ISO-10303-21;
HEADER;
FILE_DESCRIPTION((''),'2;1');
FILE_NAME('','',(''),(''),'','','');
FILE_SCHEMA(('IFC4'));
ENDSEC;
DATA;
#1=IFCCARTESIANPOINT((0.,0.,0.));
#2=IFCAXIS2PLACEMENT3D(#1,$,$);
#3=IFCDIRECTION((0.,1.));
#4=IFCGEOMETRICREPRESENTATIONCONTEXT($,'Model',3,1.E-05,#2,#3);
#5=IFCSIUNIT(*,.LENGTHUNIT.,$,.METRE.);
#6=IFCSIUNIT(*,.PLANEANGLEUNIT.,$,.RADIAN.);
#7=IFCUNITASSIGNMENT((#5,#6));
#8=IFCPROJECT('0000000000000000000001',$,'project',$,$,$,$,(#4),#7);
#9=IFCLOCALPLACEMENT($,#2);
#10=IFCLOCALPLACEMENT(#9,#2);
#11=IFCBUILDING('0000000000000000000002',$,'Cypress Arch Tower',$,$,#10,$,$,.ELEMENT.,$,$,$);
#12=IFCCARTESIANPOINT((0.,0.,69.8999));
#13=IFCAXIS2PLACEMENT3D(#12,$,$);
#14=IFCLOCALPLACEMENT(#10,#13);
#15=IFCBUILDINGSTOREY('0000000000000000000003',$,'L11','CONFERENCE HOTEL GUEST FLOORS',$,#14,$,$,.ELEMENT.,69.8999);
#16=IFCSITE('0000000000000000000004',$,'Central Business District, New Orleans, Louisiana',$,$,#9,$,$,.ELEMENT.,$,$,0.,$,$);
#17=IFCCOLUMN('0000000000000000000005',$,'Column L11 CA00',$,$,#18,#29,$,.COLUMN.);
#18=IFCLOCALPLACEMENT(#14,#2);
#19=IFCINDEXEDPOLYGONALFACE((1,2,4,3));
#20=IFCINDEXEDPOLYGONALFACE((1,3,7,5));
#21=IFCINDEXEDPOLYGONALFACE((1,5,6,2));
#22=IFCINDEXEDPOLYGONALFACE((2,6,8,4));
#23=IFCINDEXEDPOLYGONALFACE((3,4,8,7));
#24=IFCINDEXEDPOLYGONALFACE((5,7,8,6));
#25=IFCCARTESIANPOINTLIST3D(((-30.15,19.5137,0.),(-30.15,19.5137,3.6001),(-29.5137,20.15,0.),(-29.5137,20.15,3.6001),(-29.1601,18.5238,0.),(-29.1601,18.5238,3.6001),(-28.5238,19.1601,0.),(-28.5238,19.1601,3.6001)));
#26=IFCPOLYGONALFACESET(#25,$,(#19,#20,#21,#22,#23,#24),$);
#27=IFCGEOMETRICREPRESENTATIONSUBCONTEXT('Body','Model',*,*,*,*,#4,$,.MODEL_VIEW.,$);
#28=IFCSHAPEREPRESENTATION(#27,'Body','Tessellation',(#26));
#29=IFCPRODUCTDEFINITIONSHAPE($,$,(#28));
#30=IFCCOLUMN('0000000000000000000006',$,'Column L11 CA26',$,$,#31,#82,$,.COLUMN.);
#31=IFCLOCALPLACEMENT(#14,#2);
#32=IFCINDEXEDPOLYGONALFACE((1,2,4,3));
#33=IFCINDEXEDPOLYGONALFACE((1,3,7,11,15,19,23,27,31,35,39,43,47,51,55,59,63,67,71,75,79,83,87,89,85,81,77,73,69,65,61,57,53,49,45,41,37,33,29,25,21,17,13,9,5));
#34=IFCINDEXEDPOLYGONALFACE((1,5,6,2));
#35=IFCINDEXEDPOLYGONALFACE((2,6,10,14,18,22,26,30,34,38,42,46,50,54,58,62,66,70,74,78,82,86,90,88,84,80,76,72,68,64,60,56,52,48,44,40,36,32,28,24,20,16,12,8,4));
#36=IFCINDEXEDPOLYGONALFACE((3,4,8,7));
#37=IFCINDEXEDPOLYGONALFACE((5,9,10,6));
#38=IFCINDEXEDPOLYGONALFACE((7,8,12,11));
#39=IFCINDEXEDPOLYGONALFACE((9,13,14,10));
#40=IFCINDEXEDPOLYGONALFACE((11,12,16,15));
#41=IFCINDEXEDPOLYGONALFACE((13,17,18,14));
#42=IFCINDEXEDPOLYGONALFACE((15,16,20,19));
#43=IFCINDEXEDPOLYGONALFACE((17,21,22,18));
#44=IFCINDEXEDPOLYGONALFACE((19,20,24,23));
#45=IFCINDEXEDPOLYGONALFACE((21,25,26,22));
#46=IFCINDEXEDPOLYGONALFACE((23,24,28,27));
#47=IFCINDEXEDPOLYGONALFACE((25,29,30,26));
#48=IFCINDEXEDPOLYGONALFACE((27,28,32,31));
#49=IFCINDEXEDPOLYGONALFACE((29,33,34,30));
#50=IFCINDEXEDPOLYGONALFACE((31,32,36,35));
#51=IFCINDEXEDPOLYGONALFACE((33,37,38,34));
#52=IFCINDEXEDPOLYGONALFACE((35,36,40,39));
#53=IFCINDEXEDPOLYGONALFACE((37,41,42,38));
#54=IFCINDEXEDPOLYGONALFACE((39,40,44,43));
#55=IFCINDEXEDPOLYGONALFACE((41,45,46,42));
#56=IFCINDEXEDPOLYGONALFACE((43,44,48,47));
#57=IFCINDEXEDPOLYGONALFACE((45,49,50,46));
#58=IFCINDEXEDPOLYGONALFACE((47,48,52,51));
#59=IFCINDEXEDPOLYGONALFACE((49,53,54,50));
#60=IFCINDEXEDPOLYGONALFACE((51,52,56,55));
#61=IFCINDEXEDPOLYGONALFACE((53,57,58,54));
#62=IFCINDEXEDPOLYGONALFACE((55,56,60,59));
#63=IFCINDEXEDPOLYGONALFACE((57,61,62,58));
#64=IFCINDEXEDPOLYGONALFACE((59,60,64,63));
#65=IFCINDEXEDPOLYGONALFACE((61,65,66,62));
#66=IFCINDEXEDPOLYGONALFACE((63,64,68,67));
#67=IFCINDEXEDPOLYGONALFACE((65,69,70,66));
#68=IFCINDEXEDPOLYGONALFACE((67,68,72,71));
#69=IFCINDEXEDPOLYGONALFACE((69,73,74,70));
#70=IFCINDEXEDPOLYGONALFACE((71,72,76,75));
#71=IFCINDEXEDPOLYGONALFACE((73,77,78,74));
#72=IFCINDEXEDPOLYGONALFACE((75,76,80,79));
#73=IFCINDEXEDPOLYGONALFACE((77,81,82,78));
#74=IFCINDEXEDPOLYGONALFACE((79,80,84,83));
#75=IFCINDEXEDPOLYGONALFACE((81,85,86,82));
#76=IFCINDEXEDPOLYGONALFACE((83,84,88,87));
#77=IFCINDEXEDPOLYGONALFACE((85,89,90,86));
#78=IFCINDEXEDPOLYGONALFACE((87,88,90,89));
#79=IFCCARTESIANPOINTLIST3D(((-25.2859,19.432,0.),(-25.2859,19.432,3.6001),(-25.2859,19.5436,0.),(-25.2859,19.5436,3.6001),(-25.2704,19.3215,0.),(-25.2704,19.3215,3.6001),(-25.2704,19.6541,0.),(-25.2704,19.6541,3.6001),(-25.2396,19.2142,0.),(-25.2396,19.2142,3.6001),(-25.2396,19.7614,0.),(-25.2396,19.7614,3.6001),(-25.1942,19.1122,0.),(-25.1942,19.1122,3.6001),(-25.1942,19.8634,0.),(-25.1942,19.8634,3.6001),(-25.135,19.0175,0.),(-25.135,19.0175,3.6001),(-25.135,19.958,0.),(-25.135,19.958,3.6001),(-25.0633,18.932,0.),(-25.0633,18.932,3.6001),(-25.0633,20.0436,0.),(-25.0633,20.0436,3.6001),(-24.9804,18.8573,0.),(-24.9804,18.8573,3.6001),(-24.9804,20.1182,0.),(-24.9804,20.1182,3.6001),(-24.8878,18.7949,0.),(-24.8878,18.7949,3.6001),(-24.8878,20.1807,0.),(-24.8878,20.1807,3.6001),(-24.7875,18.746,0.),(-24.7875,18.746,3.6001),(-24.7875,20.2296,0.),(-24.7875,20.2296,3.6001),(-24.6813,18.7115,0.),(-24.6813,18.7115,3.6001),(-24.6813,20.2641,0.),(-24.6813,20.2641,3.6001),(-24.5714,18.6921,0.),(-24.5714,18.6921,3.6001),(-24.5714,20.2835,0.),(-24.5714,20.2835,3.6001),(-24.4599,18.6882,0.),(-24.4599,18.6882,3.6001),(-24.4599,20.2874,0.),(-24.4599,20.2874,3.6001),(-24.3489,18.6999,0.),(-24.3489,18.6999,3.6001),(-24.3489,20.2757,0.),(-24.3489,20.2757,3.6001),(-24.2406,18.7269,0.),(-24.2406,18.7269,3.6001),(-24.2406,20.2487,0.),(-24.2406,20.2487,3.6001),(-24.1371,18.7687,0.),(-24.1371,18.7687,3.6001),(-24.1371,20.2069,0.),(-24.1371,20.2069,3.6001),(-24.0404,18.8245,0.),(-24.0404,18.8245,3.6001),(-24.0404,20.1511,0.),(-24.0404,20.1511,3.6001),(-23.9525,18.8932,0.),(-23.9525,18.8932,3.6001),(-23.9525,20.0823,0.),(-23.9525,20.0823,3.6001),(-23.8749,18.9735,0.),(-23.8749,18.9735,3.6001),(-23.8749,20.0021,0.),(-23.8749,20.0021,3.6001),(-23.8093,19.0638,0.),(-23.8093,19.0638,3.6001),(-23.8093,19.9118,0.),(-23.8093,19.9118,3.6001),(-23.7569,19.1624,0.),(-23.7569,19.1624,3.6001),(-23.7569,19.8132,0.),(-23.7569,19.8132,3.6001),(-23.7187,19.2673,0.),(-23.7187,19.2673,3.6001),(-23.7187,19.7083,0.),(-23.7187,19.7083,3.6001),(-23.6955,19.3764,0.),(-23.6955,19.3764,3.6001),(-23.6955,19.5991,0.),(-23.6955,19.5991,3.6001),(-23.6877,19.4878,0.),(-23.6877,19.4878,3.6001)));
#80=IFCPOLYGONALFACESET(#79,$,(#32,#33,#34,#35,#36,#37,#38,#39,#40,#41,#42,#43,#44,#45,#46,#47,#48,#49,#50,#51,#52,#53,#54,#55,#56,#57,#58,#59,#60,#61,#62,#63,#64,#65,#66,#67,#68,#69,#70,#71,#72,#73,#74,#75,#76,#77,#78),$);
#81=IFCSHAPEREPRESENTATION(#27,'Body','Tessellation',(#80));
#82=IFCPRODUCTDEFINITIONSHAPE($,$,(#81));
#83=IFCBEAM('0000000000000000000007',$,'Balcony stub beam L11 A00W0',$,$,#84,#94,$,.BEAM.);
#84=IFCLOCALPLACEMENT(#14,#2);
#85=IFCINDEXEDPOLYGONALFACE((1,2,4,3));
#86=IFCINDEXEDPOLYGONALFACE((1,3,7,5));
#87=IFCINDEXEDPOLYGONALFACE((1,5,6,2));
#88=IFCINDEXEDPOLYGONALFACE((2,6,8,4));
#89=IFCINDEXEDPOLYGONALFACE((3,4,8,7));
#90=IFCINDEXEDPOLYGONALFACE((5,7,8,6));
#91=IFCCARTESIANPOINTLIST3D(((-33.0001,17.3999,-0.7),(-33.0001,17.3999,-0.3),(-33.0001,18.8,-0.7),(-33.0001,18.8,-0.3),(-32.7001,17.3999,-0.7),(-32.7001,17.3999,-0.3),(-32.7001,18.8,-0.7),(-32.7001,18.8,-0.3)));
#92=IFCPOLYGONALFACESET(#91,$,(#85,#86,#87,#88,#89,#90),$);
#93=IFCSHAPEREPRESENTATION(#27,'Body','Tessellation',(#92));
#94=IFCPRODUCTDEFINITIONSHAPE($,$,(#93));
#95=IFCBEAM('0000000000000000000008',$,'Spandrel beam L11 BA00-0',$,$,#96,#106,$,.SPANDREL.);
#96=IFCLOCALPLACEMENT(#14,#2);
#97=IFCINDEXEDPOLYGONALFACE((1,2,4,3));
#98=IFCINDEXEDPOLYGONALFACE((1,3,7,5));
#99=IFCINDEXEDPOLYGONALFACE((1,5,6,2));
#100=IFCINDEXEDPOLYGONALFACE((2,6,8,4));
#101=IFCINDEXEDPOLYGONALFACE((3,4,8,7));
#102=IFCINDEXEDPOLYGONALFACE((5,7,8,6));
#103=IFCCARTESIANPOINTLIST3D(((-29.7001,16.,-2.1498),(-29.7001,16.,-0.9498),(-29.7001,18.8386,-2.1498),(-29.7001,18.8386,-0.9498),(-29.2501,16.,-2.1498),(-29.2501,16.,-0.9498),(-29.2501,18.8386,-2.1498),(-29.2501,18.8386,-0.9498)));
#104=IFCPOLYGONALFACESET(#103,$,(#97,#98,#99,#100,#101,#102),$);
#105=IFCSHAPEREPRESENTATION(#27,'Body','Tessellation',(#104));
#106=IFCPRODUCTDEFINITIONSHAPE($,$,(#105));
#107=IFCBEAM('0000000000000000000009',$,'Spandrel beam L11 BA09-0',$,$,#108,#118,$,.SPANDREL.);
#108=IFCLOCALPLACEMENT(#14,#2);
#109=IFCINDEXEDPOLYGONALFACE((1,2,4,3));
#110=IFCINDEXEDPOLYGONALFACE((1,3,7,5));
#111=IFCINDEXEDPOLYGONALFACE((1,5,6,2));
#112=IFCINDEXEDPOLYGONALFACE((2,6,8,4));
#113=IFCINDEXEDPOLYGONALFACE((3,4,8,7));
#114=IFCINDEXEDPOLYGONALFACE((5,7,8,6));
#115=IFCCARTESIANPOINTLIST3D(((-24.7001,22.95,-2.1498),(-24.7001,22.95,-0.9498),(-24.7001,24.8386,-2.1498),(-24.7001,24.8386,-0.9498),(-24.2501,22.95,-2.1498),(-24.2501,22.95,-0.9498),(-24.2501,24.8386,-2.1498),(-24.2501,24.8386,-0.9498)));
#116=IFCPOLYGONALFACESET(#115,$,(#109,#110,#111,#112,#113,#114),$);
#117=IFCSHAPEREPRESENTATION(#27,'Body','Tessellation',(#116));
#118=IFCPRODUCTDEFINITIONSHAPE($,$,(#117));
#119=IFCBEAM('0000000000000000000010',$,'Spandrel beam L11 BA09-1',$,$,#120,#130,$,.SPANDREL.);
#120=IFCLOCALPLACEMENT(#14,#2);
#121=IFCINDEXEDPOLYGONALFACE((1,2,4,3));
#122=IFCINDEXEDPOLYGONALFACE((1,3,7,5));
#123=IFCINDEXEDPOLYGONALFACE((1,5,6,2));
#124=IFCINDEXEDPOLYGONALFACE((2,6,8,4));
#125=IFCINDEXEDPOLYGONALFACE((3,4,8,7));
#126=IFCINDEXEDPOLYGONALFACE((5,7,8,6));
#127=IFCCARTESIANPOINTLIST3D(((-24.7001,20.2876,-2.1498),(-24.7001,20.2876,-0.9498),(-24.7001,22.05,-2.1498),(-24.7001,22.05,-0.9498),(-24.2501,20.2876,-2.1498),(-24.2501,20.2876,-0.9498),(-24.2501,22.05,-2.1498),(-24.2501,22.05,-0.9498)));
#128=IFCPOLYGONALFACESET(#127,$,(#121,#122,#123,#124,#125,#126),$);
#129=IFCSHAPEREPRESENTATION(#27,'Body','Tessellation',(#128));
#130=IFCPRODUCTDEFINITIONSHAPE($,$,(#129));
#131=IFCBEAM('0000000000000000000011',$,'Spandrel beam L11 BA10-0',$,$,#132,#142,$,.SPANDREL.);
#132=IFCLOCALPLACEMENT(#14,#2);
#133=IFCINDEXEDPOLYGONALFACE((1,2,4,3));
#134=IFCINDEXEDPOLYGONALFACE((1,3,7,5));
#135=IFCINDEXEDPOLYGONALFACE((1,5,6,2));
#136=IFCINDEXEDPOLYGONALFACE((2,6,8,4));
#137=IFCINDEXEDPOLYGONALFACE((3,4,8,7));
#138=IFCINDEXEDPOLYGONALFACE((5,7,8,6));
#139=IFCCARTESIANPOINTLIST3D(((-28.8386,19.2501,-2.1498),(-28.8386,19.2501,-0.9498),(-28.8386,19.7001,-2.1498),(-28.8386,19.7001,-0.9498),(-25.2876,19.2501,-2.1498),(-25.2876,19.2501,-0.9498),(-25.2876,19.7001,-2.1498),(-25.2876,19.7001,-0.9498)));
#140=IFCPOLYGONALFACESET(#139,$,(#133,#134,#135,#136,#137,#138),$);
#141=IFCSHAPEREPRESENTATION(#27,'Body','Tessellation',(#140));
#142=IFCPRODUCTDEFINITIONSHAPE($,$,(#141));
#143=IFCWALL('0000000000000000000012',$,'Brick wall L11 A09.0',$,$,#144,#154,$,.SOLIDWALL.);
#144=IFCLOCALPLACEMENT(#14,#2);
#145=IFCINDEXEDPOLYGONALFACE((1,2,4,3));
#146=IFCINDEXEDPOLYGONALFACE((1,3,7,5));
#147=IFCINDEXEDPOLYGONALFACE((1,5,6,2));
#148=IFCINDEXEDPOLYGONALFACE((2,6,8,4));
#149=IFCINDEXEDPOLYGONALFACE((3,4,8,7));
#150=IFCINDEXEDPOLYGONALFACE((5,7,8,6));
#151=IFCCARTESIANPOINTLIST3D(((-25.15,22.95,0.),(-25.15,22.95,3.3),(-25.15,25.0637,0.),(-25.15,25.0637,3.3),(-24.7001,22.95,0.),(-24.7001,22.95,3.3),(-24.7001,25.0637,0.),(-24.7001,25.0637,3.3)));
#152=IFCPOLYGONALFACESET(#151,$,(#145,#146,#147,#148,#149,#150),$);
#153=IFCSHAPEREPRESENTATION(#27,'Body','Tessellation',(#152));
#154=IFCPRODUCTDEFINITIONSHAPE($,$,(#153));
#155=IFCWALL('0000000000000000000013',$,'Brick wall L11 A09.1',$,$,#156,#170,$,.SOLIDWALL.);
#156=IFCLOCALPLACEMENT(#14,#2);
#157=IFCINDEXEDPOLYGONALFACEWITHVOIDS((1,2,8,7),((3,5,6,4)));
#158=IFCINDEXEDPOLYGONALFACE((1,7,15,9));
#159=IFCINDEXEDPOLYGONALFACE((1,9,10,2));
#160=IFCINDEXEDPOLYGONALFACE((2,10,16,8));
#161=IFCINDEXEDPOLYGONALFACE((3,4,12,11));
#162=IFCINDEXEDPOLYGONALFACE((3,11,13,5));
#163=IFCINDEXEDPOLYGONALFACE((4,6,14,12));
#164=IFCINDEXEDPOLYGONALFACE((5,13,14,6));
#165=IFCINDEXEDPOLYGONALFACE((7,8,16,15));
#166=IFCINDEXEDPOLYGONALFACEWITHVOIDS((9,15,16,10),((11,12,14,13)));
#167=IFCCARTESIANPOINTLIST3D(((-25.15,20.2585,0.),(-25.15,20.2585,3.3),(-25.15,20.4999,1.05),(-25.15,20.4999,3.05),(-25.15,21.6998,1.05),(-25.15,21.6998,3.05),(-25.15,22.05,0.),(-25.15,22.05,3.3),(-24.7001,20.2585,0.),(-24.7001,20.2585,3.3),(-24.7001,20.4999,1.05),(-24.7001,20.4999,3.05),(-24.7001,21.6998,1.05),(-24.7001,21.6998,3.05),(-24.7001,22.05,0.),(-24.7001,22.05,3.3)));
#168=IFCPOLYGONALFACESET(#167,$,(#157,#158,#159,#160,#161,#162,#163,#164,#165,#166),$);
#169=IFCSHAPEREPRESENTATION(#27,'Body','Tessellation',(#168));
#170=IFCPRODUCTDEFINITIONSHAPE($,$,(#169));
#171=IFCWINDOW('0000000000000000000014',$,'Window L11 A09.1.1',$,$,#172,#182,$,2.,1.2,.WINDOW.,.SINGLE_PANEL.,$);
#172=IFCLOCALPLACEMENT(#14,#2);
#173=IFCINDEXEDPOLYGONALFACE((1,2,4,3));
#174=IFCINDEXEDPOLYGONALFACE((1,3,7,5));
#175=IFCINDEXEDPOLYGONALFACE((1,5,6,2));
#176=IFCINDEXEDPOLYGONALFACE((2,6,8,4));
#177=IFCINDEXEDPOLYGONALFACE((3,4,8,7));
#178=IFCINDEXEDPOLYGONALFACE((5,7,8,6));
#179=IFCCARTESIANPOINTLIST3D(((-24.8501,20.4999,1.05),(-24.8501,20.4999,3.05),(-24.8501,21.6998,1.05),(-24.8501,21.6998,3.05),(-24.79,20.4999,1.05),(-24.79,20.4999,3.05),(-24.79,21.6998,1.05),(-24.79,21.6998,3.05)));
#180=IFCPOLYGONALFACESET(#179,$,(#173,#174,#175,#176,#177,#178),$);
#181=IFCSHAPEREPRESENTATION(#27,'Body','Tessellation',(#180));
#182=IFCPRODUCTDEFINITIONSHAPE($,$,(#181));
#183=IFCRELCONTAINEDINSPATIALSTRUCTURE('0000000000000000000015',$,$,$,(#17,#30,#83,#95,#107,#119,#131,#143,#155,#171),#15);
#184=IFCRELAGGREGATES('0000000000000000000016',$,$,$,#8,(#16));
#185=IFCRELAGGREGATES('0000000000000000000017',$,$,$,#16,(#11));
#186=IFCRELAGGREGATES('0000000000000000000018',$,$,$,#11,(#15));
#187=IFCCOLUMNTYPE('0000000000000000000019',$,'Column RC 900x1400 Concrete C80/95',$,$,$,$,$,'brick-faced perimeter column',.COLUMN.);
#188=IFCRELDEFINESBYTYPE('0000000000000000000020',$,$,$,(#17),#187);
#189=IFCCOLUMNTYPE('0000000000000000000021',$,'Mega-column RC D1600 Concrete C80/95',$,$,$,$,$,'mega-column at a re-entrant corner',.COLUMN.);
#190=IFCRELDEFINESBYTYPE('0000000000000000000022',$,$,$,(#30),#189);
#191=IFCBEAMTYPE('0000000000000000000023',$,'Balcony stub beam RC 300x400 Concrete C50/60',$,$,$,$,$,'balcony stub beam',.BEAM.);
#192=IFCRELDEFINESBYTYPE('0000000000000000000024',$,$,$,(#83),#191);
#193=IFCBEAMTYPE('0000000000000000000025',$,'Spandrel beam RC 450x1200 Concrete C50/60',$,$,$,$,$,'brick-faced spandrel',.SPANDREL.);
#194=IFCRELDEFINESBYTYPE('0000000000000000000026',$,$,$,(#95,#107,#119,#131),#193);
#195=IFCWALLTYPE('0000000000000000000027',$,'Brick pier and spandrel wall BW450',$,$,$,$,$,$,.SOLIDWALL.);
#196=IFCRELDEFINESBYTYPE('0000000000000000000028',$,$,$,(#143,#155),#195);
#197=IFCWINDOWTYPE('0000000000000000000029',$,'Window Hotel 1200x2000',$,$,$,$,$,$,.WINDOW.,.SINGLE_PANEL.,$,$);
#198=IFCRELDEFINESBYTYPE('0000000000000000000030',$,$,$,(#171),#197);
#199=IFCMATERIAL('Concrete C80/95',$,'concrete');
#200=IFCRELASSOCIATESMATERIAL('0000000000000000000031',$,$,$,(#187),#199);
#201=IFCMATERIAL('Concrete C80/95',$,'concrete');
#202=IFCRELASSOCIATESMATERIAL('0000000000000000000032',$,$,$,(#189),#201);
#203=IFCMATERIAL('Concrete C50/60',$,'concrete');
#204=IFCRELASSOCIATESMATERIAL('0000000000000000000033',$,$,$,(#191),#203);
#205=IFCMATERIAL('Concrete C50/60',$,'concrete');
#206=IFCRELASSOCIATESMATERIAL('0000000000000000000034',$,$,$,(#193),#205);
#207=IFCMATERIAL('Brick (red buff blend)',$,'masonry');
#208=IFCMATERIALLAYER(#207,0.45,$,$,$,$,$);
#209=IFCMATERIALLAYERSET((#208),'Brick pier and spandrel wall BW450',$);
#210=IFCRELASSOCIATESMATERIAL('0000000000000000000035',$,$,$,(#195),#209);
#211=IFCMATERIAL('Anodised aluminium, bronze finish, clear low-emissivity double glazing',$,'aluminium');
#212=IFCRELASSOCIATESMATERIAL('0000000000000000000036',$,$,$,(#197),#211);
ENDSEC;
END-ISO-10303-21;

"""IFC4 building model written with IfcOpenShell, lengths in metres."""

from ifc_helpers import new_model, si_unit, direction, frame, frame_2d, origin, origin_2d, place, context, subcontext, project, spatial, rectangle, circle, extrude, material, layer, layer_set, material_profile, profile_set, type_object, element, fill, save


model = new_model("IFC4")

# Units and contexts
model_context = context("Model", 3, precision=1e-05, world=origin(), true_north=direction((0.0, 1.0)))
body_context = subcontext(model_context, "Body", "Model", "MODEL_VIEW")
ifc_project = project(units=[si_unit("LENGTHUNIT", "METRE"), si_unit("PLANEANGLEUNIT", "RADIAN")], contexts=[model_context])

# Site, building, storey
site_placement = place(None, origin())
site = spatial("IfcSite", under=ifc_project, at=site_placement, Name="Central Business District, New Orleans, Louisiana", CompositionType="ELEMENT", RefElevation=0.0)
building_placement = place(site_placement, origin())
building = spatial("IfcBuilding", under=site, at=building_placement, Name="Cypress Arch Tower", CompositionType="ELEMENT")
storey_placement = place(building_placement, frame((0.0, 0.0, 69.8999)))
storey = spatial("IfcBuildingStorey", under=building, at=storey_placement, Name="L11", Description="CONFERENCE HOTEL GUEST FLOORS", CompositionType="ELEMENT", Elevation=69.8999)

# Columns
ifc_material_1 = material(Name="Concrete C80/95", Category="concrete")
ifc_material_profile_1 = material_profile(ifc_material_1, rectangle(XDim=0.8999, YDim=1.3999, at=origin_2d()), Name="RC 900x1400")
ifc_profile_set_1 = profile_set([ifc_material_profile_1], Name="Concrete C80/95")
column_type_1 = type_object("IfcColumnType", Name="Column RC 900x1400 Concrete C80/95", ElementType="brick-faced perimeter column", PredefinedType="COLUMN", material=ifc_profile_set_1)
column_1_placement = place(storey_placement, frame((-29.3369, 19.3369, 0.0), z_axis=(0.0, 0.0, 1.0), x_axis=(-0.707107, -0.707107, 0.0)))
element("IfcColumn", 1, at=column_1_placement, inside=storey, type_object=column_type_1, Name="Column L11 CA00", PredefinedType="COLUMN", context=body_context, shape_type="SweptSolid", body=[
    extrude(rectangle(XDim=0.8999, YDim=1.3999, at=origin_2d()), origin(), (0.0, 0.0, 1.0), 3.6001),
])
ifc_material_2 = material(Name="Concrete C80/95", Category="concrete")
ifc_material_profile_2 = material_profile(ifc_material_2, circle(Radius=0.8, at=origin_2d()), Name="RC D1600")
ifc_profile_set_2 = profile_set([ifc_material_profile_2], Name="Concrete C80/95")
column_type_2 = type_object("IfcColumnType", Name="Mega-column RC D1600 Concrete C80/95", ElementType="mega-column at a re-entrant corner", PredefinedType="COLUMN", material=ifc_profile_set_2)
column_2_placement = place(storey_placement, frame((-24.4878, 19.4878, 0.0), z_axis=(0.0, 0.0, 1.0), x_axis=(1.0, 0.0, 0.0)))
element("IfcColumn", 2, at=column_2_placement, inside=storey, type_object=column_type_2, Name="Column L11 CA26", PredefinedType="COLUMN", context=body_context, shape_type="SweptSolid", body=[
    extrude(circle(Radius=0.8, at=origin_2d()), origin(), (0.0, 0.0, 1.0), 3.6001),
])

# Beams
ifc_material_3 = material(Name="Concrete C50/60", Category="concrete")
ifc_material_profile_3 = material_profile(ifc_material_3, rectangle(XDim=0.3, YDim=0.3999, at=origin_2d()), Name="RC 300x400")
ifc_profile_set_3 = profile_set([ifc_material_profile_3], Name="Concrete C50/60")
beam_type_1 = type_object("IfcBeamType", Name="Balcony stub beam RC 300x400 Concrete C50/60", ElementType="balcony stub beam", PredefinedType="BEAM", material=ifc_profile_set_3)
beam_1_placement = place(storey_placement, frame((-32.8501, 18.8, -0.5), z_axis=(0.0, -1.0, 0.0), x_axis=(1.0, 0.0, 0.0)))
element("IfcBeam", 3, at=beam_1_placement, inside=storey, type_object=beam_type_1, Name="Balcony stub beam L11 A00W0", PredefinedType="BEAM", context=body_context, shape_type="SweptSolid", body=[
    extrude(rectangle(XDim=0.3, YDim=0.3999, at=origin_2d()), origin(), (0.0, 0.0, 1.0), 1.4001),
])
ifc_material_4 = material(Name="Concrete C50/60", Category="concrete")
ifc_material_profile_4 = material_profile(ifc_material_4, rectangle(XDim=0.45, YDim=1.2, at=origin_2d()), Name="RC 450x1200")
ifc_profile_set_4 = profile_set([ifc_material_profile_4], Name="Concrete C50/60")
beam_type_2 = type_object("IfcBeamType", Name="Spandrel beam RC 450x1200 Concrete C50/60", ElementType="brick-faced spandrel", PredefinedType="SPANDREL", material=ifc_profile_set_4)
beam_2_placement = place(storey_placement, frame((-29.4751, 18.8386, -1.5498), z_axis=(0.0, -1.0, 0.0), x_axis=(1.0, 0.0, 0.0)))
element("IfcBeam", 4, at=beam_2_placement, inside=storey, type_object=beam_type_2, Name="Spandrel beam L11 BA00-0", PredefinedType="SPANDREL", context=body_context, shape_type="SweptSolid", body=[
    extrude(rectangle(XDim=0.45, YDim=1.2, at=origin_2d()), origin(), (0.0, 0.0, 1.0), 2.8386),
])
beam_3_placement = place(storey_placement, frame((-24.4751, 24.8386, -1.5498), z_axis=(0.0, -1.0, 0.0), x_axis=(1.0, 0.0, 0.0)))
element("IfcBeam", 5, at=beam_3_placement, inside=storey, type_object=beam_type_2, Name="Spandrel beam L11 BA09-0", PredefinedType="SPANDREL", context=body_context, shape_type="SweptSolid", body=[
    extrude(rectangle(XDim=0.45, YDim=1.2, at=origin_2d()), origin(), (0.0, 0.0, 1.0), 1.8887),
])
beam_4_placement = place(storey_placement, frame((-24.4751, 22.05, -1.5498), z_axis=(0.0, -1.0, 0.0), x_axis=(1.0, 0.0, 0.0)))
element("IfcBeam", 6, at=beam_4_placement, inside=storey, type_object=beam_type_2, Name="Spandrel beam L11 BA09-1", PredefinedType="SPANDREL", context=body_context, shape_type="SweptSolid", body=[
    extrude(rectangle(XDim=0.45, YDim=1.2, at=origin_2d()), origin(), (0.0, 0.0, 1.0), 1.7625),
])
beam_5_placement = place(storey_placement, frame((-25.2876, 19.4751, -1.5498), z_axis=(-1.0, 0.0, 0.0), x_axis=(0.0, -1.0, 0.0)))
element("IfcBeam", 7, at=beam_5_placement, inside=storey, type_object=beam_type_2, Name="Spandrel beam L11 BA10-0", PredefinedType="SPANDREL", context=body_context, shape_type="SweptSolid", body=[
    extrude(rectangle(XDim=0.45, YDim=1.2, at=origin_2d()), origin(), (0.0, 0.0, 1.0), 3.551),
])

# Shared definitions
ifc_material_5 = material(Name="Brick (red buff blend)", Category="masonry")
ifc_layer = layer(ifc_material_5, 0.45)
ifc_layer_set = layer_set([ifc_layer], Name="Brick pier and spandrel wall BW450")
wall_type = type_object("IfcWallType", Name="Brick pier and spandrel wall BW450", PredefinedType="SOLIDWALL", material=ifc_layer_set)

# Wall
wall_1_placement = place(storey_placement, frame((-24.925, 25.0637, 0.0), z_axis=(0.0, 0.0, 1.0), x_axis=(0.0, -1.0, 0.0)))
element("IfcWall", 8, at=wall_1_placement, inside=storey, type_object=wall_type, Name="Brick wall L11 A09.0", PredefinedType="SOLIDWALL", context=body_context, shape_type="SweptSolid", body=[
    extrude(rectangle(XDim=2.1138, YDim=0.45, at=frame_2d((1.0569, 0.0))), origin(), (0.0, 0.0, 1.0), 3.3),
])

# Wall, opening, window
wall_2_placement = place(storey_placement, frame((-24.925, 22.05, 0.0), z_axis=(0.0, 0.0, 1.0), x_axis=(0.0, -1.0, 0.0)))
wall_2 = element("IfcWall", 9, at=wall_2_placement, inside=storey, type_object=wall_type, Name="Brick wall L11 A09.1", PredefinedType="SOLIDWALL", context=body_context, shape_type="SweptSolid", body=[
    extrude(rectangle(XDim=1.7915, YDim=0.45, at=frame_2d((0.8958, 0.0))), origin(), (0.0, 0.0, 1.0), 3.3),
])
opening_1_placement = place(wall_2_placement, frame((0.3501, 0.0, 1.05)))
opening_1 = element("IfcOpeningElement", 10, at=opening_1_placement, cuts=wall_2, PredefinedType="OPENING", context=body_context, shape_type="SweptSolid", body=[
    extrude(rectangle(XDim=1.2, YDim=2.0, at=frame_2d((0.6001, 1.0))), frame((0.0, 0.2349, 0.0), z_axis=(0.0, -1.0, 0.0), x_axis=(1.0, 0.0, 0.0)), (0.0, 0.0, 1.0), 0.47),
])
ifc_material_6 = material(Name="Anodised aluminium, bronze finish, clear low-emissivity double glazing", Category="aluminium")
window_type_1 = type_object("IfcWindowType", Name="Window Hotel 1200x2000", PartitioningType="SINGLE_PANEL", PredefinedType="WINDOW", material=ifc_material_6)
window_1_placement = place(opening_1_placement, origin())
window_1 = element("IfcWindow", 11, at=window_1_placement, inside=storey, type_object=window_type_1, Name="Window L11 A09.1.1", OverallHeight=2.0, OverallWidth=1.2, PartitioningType="SINGLE_PANEL", PredefinedType="WINDOW", context=body_context, shape_type="SweptSolid", body=[
    extrude(rectangle(XDim=1.2, YDim=2.0, at=frame_2d((0.6001, 1.0))), frame((0.0, 0.135, 0.0), z_axis=(0.0, -1.0, 0.0), x_axis=(1.0, 0.0, 0.0)), (0.0, 0.0, 1.0), 0.0601),
])
fill(opening_1, window_1)

save(model, "model.ifc")
